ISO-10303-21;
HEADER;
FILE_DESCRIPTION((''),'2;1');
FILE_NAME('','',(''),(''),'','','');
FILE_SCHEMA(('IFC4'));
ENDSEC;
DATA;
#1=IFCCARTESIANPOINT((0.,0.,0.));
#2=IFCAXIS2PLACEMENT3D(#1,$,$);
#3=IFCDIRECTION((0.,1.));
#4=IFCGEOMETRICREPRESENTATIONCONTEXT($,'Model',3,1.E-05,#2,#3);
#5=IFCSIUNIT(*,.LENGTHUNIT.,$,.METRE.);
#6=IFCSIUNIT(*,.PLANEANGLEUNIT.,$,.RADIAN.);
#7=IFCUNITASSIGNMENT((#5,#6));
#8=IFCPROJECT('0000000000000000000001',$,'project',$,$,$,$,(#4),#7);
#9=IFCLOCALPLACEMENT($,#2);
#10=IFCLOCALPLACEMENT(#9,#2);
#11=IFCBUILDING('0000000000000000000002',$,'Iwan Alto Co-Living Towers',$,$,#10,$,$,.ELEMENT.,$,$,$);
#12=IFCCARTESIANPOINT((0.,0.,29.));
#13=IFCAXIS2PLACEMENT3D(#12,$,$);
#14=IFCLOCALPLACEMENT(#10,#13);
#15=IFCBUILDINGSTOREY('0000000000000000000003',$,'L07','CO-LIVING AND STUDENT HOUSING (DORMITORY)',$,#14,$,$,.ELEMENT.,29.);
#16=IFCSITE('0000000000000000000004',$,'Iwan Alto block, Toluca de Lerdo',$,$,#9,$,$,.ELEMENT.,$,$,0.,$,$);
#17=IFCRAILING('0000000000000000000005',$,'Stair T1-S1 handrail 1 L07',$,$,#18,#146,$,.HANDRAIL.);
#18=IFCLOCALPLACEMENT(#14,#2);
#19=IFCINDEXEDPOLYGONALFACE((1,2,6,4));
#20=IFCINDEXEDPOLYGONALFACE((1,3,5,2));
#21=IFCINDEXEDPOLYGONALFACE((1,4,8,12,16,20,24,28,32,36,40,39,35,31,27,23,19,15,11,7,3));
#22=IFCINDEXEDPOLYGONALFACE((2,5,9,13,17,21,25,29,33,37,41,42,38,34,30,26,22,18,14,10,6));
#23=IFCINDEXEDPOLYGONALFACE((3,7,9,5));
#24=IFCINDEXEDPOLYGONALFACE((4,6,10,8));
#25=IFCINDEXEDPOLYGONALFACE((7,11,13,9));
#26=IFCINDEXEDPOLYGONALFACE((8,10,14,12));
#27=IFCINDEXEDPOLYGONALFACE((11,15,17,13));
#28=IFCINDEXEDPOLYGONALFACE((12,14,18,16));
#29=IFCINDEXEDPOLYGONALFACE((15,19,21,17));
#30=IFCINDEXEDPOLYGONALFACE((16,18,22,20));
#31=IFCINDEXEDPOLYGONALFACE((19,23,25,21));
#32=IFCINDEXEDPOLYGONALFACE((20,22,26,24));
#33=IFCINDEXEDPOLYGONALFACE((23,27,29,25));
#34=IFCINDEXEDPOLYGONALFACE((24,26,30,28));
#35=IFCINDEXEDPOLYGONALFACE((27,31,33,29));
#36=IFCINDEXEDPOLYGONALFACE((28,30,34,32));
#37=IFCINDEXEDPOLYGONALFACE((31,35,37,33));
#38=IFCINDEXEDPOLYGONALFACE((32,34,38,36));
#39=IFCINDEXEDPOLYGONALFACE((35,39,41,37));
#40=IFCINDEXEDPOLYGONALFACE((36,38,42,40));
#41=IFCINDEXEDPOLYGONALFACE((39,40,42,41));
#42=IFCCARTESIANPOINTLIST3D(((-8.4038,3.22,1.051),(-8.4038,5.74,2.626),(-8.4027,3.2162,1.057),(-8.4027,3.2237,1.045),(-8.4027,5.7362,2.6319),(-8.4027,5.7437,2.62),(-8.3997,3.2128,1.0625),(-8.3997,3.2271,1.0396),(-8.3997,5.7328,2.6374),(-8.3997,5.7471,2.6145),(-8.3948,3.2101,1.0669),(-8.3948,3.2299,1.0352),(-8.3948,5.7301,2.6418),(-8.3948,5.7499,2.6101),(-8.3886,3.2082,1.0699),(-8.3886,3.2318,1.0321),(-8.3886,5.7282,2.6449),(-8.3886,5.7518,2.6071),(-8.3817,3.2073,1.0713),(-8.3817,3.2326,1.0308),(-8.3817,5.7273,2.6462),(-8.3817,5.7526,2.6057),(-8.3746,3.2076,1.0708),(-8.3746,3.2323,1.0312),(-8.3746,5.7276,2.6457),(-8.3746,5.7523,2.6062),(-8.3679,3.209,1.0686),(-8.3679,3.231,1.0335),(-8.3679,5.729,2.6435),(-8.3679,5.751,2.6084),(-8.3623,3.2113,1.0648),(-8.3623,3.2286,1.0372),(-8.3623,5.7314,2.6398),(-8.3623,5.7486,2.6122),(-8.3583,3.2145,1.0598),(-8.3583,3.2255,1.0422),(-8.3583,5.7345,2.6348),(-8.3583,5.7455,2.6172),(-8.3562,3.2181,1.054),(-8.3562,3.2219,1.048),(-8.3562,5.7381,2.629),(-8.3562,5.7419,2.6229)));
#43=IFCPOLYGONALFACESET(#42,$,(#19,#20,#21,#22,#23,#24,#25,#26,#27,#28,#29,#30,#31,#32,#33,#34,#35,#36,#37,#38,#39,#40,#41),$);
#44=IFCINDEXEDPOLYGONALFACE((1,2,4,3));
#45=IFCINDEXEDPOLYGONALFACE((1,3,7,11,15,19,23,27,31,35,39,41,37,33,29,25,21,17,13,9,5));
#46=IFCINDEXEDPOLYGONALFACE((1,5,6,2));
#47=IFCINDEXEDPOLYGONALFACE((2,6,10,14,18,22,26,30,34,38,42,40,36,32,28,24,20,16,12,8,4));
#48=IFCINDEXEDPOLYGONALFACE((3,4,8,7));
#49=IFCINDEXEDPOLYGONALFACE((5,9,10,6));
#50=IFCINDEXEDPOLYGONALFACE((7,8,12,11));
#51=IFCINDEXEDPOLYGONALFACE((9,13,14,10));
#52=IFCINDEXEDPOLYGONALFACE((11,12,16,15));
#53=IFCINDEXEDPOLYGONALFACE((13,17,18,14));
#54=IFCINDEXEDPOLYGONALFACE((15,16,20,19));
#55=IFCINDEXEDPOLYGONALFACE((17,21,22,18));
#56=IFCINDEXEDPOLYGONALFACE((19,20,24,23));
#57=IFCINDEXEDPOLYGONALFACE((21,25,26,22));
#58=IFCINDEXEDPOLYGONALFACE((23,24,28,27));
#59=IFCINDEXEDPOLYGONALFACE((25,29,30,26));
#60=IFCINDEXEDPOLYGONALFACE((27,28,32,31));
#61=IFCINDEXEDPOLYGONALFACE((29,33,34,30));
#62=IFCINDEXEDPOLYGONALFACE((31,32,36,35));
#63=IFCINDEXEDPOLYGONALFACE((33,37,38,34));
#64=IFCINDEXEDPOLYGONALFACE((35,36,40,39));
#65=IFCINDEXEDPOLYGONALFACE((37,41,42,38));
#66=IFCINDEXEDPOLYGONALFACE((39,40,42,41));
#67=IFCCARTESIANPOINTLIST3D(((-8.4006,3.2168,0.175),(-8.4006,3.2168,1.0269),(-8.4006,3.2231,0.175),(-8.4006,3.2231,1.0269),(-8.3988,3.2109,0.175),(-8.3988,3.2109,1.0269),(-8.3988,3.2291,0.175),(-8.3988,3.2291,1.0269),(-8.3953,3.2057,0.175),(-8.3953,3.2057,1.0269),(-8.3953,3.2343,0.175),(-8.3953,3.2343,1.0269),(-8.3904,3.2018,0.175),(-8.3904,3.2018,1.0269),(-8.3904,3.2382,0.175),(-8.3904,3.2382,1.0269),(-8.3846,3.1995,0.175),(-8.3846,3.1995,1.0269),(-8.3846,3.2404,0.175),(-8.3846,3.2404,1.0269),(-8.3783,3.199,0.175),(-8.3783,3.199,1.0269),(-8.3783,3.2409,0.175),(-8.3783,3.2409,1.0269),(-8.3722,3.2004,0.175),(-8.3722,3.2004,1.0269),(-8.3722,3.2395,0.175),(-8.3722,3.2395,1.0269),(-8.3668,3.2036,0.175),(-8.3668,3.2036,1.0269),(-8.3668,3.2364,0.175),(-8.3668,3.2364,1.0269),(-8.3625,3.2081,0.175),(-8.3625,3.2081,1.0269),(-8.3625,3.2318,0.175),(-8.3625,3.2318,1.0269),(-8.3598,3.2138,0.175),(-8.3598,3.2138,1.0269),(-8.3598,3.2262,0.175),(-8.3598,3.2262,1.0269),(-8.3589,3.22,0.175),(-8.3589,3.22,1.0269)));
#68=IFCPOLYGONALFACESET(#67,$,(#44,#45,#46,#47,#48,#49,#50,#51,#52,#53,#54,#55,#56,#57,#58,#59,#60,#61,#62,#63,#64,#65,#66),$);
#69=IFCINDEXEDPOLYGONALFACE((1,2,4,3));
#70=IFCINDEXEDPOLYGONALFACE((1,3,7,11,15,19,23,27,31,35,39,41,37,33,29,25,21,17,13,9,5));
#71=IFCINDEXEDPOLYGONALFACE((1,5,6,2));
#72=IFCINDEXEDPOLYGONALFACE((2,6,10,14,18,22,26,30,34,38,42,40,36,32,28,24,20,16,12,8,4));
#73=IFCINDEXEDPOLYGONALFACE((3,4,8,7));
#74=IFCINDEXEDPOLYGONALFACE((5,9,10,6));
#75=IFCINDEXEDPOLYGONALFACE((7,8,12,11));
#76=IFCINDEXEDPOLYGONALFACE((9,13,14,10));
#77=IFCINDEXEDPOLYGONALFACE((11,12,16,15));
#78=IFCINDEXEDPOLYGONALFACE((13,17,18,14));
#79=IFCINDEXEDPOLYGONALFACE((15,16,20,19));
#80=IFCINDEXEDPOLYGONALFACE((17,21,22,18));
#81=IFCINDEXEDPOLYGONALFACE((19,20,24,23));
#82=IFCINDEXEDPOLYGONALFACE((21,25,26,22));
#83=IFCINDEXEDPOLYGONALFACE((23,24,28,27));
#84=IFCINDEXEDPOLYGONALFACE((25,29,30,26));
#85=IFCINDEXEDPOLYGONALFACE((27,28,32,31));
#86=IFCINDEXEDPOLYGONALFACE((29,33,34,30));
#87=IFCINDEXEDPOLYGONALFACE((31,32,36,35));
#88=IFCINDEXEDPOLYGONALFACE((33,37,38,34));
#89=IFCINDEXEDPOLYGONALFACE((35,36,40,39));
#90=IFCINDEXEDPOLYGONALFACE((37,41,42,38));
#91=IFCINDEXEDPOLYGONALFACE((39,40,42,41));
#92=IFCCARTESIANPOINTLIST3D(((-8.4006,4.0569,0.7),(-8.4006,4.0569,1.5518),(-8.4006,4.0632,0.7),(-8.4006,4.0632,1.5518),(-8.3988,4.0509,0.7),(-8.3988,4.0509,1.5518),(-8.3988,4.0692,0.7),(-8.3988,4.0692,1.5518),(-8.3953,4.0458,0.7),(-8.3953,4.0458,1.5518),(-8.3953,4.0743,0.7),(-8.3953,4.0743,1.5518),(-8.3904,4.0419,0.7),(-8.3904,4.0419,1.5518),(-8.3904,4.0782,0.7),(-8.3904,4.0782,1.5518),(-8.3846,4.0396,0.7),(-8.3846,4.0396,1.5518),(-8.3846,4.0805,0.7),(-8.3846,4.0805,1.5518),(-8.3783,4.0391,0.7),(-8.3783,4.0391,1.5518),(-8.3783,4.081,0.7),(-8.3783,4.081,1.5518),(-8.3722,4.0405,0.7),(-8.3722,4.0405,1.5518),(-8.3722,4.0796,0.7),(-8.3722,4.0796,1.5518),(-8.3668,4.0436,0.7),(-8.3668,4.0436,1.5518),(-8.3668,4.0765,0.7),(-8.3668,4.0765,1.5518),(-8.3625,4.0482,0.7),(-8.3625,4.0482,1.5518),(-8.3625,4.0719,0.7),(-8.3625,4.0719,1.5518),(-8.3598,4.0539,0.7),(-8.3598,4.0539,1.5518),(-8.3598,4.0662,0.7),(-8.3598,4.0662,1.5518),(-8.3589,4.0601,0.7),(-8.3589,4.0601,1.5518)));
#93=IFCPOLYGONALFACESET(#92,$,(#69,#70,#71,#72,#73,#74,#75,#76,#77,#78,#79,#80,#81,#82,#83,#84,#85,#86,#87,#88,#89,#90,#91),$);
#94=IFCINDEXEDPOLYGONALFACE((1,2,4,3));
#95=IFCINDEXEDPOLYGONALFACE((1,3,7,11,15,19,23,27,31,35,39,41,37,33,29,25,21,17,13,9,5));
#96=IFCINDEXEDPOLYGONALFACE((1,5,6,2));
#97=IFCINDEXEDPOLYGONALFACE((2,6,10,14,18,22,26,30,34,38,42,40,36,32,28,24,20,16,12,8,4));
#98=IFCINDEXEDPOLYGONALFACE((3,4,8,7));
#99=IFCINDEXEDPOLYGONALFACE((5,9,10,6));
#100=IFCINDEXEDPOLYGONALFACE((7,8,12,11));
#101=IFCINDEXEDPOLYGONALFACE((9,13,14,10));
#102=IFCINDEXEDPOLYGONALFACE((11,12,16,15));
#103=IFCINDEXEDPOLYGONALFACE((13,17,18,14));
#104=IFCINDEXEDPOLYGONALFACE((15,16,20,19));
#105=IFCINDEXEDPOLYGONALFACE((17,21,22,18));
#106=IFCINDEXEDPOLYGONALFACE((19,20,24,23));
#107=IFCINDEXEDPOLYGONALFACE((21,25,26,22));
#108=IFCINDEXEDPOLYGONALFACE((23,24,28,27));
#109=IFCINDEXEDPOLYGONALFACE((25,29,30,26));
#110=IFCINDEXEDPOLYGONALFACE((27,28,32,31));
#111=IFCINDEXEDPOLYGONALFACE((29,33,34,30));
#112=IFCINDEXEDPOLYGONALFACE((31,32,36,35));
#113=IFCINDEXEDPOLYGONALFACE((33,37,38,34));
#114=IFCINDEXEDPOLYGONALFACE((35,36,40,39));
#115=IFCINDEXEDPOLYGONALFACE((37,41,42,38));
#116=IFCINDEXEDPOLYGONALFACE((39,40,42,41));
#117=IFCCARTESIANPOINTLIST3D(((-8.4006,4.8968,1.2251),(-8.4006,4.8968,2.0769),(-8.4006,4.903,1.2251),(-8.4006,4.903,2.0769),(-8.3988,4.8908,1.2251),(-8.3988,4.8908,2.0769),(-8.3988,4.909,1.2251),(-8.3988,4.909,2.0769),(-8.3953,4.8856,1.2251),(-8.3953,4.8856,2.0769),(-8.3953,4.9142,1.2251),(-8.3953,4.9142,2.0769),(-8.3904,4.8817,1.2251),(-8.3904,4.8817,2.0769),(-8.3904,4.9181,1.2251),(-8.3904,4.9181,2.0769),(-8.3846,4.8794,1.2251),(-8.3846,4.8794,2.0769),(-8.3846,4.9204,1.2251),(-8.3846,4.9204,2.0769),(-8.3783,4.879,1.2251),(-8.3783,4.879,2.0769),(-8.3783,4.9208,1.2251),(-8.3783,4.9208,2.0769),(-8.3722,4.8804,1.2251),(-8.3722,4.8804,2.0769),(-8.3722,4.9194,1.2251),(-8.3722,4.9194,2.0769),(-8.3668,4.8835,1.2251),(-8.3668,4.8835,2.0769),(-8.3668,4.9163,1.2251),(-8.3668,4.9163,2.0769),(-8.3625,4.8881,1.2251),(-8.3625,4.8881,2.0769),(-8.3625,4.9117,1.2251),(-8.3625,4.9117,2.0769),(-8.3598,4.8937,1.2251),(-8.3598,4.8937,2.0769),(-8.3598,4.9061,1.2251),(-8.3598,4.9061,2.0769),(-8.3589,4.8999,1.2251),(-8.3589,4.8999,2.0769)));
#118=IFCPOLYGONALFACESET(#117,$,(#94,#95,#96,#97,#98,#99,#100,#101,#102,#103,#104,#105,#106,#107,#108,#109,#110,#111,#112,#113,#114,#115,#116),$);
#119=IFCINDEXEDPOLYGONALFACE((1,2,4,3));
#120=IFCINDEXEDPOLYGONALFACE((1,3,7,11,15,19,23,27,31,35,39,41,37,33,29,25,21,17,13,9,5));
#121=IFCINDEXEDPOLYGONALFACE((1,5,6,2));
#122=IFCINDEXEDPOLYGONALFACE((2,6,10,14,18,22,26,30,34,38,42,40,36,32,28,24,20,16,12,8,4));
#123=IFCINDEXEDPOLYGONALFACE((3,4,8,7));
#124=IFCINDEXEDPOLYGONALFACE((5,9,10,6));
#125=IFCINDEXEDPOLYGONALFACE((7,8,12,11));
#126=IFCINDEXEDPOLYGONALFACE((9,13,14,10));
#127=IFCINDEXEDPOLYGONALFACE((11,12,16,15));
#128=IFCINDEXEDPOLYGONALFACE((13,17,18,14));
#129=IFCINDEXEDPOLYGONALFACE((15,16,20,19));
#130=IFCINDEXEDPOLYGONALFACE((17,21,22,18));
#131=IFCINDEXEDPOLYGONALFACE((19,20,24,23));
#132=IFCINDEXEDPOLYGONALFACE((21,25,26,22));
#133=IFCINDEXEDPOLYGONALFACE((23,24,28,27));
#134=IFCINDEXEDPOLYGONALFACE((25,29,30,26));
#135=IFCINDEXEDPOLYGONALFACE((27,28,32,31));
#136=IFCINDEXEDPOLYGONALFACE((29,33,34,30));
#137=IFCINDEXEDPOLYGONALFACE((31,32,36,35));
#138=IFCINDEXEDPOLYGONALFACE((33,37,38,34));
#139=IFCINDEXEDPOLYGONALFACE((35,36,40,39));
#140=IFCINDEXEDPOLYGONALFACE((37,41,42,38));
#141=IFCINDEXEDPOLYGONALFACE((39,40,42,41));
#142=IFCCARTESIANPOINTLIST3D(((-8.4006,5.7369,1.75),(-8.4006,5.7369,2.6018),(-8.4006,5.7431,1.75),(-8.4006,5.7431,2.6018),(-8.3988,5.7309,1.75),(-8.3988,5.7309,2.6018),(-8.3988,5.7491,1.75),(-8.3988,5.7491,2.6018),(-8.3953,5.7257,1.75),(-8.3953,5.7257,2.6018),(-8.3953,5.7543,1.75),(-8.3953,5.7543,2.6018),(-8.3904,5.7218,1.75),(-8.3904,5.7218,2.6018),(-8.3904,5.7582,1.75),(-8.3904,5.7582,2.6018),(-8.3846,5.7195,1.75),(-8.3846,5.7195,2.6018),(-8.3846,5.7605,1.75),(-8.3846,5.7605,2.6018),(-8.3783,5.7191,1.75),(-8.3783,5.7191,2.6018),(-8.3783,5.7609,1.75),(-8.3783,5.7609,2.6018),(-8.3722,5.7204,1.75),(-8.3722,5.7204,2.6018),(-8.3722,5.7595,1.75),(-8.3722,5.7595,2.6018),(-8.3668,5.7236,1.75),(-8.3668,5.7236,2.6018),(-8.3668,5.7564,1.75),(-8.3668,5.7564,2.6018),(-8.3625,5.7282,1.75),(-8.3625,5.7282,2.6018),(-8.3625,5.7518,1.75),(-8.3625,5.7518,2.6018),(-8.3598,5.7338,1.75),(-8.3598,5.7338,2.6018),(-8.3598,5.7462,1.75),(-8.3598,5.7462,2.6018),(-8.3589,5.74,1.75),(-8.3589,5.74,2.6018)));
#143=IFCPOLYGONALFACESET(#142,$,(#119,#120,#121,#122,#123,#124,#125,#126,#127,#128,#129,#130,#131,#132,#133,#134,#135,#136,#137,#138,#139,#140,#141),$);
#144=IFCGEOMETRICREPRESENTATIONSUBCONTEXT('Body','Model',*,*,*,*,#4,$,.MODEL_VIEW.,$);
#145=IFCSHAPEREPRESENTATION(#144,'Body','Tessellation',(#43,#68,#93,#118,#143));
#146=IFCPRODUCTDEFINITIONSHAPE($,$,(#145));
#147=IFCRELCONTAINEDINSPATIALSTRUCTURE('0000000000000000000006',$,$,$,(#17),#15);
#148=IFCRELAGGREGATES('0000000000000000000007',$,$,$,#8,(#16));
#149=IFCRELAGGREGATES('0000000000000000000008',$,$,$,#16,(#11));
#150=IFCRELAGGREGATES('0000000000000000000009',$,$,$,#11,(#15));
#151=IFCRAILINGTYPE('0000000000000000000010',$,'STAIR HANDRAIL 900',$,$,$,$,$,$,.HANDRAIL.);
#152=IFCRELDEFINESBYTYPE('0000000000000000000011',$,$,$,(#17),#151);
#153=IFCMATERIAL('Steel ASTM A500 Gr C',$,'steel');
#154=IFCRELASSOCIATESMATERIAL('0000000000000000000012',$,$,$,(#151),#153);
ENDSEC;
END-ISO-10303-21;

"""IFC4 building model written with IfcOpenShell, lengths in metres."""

from ifc_helpers import new_model, si_unit, direction, frame, origin, origin_2d, place, context, subcontext, project, spatial, circle, extrude, material, type_object, element, save


model = new_model("IFC4")

# Units and contexts
model_context = context("Model", 3, precision=1e-05, world=origin(), true_north=direction((0.0, 1.0)))
body_context = subcontext(model_context, "Body", "Model", "MODEL_VIEW")
ifc_project = project(units=[si_unit("LENGTHUNIT", "METRE"), si_unit("PLANEANGLEUNIT", "RADIAN")], contexts=[model_context])

# Site, building, storey
site_placement = place(None, origin())
site = spatial("IfcSite", under=ifc_project, at=site_placement, Name="Iwan Alto block, Toluca de Lerdo", CompositionType="ELEMENT", RefElevation=0.0)
building_placement = place(site_placement, origin())
building = spatial("IfcBuilding", under=site, at=building_placement, Name="Iwan Alto Co-Living Towers", CompositionType="ELEMENT")
storey_placement = place(building_placement, frame((0.0, 0.0, 29.0)))
storey = spatial("IfcBuildingStorey", under=building, at=storey_placement, Name="L07", Description="CO-LIVING AND STUDENT HOUSING (DORMITORY)", CompositionType="ELEMENT", Elevation=29.0)

# Railing
ifc_material_1 = material(Name="Steel ASTM A500 Gr C", Category="steel")
railing_type_1 = type_object("IfcRailingType", Name="STAIR HANDRAIL 900", PredefinedType="HANDRAIL", material=ifc_material_1)
railing_1_placement = place(storey_placement, frame((-8.3799, 3.22, 0.175)))
element("IfcRailing", 1, at=railing_1_placement, inside=storey, type_object=railing_type_1, Name="Stair T1-S1 handrail 1 L07", PredefinedType="HANDRAIL", context=body_context, shape_type="SweptSolid", body=[
    extrude(circle(Radius=0.0239, at=origin_2d()), frame((0.0, 0.0, 0.876), z_axis=(0.0, 0.848008, 0.529984), x_axis=(-1.0, 0.0, 0.0)), (0.0, 0.0, 1.0), 2.9717),
    extrude(circle(Radius=0.021, at=origin_2d()), origin(), (0.0, 0.0, 1.0), 0.8518),
    extrude(circle(Radius=0.021, at=origin_2d()), frame((0.0, 0.8401, 0.5249)), (0.0, 0.0, 1.0), 0.8518),
    extrude(circle(Radius=0.021, at=origin_2d()), frame((0.0, 1.6799, 1.05)), (0.0, 0.0, 1.0), 0.8518),
    extrude(circle(Radius=0.021, at=origin_2d()), frame((0.0, 2.52, 1.575)), (0.0, 0.0, 1.0), 0.8518),
])

save(model, "model.ifc")
